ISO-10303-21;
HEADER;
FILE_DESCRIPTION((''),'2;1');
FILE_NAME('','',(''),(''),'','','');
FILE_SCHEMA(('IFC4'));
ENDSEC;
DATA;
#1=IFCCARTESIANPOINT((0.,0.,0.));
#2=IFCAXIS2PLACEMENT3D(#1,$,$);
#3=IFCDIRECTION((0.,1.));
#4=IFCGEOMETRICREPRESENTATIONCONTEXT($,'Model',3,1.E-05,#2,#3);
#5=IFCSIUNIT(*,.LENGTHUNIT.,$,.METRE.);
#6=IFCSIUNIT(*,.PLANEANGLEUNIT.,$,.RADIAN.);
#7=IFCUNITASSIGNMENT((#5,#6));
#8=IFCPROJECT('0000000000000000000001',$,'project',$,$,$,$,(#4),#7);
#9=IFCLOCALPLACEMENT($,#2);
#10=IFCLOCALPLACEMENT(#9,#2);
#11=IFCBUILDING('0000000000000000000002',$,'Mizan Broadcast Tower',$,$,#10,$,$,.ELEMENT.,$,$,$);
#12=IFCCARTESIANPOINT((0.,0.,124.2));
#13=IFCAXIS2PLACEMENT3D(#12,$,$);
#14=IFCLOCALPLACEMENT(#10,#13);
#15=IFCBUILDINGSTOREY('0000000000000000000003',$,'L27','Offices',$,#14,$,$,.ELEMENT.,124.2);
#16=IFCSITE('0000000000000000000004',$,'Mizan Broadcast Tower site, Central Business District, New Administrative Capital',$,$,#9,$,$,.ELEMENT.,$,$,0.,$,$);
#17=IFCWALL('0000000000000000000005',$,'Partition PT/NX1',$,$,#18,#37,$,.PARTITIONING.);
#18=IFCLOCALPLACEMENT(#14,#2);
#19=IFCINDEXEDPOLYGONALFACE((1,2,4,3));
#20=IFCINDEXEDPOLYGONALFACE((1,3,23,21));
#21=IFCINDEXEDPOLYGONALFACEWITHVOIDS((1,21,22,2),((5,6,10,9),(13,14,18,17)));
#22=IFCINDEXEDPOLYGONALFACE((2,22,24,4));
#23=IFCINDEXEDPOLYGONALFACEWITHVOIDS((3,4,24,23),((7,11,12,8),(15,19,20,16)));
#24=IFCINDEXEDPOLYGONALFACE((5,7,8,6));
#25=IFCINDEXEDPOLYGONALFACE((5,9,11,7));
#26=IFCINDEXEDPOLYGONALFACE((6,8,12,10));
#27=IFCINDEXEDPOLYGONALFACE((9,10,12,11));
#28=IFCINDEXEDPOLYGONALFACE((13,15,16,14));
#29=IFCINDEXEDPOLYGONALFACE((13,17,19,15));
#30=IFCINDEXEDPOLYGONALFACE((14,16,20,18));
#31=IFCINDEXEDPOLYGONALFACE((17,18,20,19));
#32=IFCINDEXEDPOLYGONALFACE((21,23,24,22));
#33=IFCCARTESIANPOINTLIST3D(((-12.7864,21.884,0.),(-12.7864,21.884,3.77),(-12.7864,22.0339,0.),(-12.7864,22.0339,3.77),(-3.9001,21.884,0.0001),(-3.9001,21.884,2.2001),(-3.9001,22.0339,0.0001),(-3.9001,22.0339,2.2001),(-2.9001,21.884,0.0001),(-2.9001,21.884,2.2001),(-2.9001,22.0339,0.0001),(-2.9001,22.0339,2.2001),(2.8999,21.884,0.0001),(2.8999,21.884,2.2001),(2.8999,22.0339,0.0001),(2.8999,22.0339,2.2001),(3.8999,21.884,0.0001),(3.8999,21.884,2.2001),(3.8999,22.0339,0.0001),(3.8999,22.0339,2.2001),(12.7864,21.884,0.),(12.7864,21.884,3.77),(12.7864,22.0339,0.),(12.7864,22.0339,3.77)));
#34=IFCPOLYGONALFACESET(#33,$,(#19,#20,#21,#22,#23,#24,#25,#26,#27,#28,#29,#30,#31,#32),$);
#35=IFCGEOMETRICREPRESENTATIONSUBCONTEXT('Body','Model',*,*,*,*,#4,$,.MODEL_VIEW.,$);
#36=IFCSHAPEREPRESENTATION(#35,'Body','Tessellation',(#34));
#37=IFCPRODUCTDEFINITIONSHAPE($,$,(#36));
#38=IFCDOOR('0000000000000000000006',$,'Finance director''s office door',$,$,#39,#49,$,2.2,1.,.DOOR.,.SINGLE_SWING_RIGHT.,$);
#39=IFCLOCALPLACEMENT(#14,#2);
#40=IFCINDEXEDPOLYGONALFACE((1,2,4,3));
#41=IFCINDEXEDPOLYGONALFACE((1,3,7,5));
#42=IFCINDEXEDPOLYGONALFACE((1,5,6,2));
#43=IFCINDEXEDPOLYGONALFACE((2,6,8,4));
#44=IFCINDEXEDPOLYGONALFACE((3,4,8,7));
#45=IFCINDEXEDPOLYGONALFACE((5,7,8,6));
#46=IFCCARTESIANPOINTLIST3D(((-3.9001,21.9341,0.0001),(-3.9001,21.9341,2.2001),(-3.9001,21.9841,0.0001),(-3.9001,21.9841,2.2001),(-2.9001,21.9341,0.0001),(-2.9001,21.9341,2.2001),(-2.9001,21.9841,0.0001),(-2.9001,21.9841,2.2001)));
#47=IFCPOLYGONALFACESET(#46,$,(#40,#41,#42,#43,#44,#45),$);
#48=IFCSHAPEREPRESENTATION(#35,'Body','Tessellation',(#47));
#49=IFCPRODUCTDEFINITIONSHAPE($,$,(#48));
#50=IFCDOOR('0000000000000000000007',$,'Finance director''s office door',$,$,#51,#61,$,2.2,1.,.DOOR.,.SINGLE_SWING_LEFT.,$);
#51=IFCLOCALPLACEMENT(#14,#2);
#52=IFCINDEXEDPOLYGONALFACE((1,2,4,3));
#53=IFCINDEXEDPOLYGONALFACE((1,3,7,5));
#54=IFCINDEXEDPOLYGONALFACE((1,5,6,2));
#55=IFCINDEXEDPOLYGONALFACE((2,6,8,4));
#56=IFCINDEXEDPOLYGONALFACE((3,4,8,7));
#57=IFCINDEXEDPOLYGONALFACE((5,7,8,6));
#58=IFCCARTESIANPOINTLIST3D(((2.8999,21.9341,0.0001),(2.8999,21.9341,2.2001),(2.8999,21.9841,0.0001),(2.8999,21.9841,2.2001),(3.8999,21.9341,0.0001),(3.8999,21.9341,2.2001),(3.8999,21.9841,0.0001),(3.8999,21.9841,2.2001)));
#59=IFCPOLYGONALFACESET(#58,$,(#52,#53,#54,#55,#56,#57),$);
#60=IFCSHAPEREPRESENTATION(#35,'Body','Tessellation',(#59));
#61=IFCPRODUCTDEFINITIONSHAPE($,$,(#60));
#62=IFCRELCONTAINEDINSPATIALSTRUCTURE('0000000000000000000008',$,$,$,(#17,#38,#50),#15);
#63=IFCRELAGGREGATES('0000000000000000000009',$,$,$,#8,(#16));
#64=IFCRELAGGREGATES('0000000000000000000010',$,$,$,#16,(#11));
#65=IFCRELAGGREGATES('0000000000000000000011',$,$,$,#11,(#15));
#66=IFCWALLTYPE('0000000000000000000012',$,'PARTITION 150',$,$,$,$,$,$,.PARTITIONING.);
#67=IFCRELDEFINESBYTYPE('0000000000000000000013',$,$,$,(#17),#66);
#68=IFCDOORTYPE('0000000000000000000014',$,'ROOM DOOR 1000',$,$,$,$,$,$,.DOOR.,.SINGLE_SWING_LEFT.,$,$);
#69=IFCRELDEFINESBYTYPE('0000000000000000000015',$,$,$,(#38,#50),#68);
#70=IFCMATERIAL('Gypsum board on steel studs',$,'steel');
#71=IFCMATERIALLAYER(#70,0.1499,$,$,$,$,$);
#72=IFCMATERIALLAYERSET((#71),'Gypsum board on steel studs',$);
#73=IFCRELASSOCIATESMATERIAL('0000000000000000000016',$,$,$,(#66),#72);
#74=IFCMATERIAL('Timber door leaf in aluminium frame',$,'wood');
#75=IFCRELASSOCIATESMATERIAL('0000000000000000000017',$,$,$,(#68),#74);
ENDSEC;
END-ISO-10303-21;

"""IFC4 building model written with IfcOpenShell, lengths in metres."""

from ifc_helpers import new_model, si_unit, direction, frame, frame_2d, origin, place, context, subcontext, project, spatial, rectangle, extrude, material, layer, layer_set, type_object, element, fill, save


model = new_model("IFC4")

# Units and contexts
model_context = context("Model", 3, precision=1e-05, world=origin(), true_north=direction((0.0, 1.0)))
body_context = subcontext(model_context, "Body", "Model", "MODEL_VIEW")
ifc_project = project(units=[si_unit("LENGTHUNIT", "METRE"), si_unit("PLANEANGLEUNIT", "RADIAN")], contexts=[model_context])

# Site, building, storey
site_placement = place(None, origin())
site = spatial("IfcSite", under=ifc_project, at=site_placement, Name="Mizan Broadcast Tower site, Central Business District, New Administrative Capital", CompositionType="ELEMENT", RefElevation=0.0)
building_placement = place(site_placement, origin())
building = spatial("IfcBuilding", under=site, at=building_placement, Name="Mizan Broadcast Tower", CompositionType="ELEMENT")
storey_placement = place(building_placement, frame((0.0, 0.0, 124.2)))
storey = spatial("IfcBuildingStorey", under=building, at=storey_placement, Name="L27", Description="Offices", CompositionType="ELEMENT", Elevation=124.2)

# Wall, openings, doors
ifc_material_1 = material(Name="Gypsum board on steel studs", Category="steel")
ifc_layer_1 = layer(ifc_material_1, 0.1499)
ifc_layer_set_1 = layer_set([ifc_layer_1], Name="Gypsum board on steel studs")
wall_type = type_object("IfcWallType", Name="PARTITION 150", PredefinedType="PARTITIONING", material=ifc_layer_set_1)
wall_placement = place(storey_placement, frame((12.7864, 21.959, 0.0), z_axis=(0.0, 0.0, 1.0), x_axis=(-1.0, 0.0, 0.0)))
wall = element("IfcWall", 1, at=wall_placement, inside=storey, type_object=wall_type, Name="Partition PT/NX1", PredefinedType="PARTITIONING", context=body_context, shape_type="SweptSolid", body=[
    extrude(rectangle(XDim=25.5728, YDim=0.1499, at=frame_2d((12.7864, 0.0))), origin(), (0.0, 0.0, 1.0), 3.77),
])
opening_1_placement = place(wall_placement, frame((15.6865, 0.0, 0.0)))
opening_1 = element("IfcOpeningElement", 2, at=opening_1_placement, cuts=wall, PredefinedType="OPENING", context=body_context, shape_type="SweptSolid", body=[
    extrude(rectangle(XDim=1.0, YDim=2.2, at=frame_2d((0.5, 1.1001))), frame((0.0, 0.085, 0.0), z_axis=(0.0, -1.0, 0.0), x_axis=(1.0, 0.0, 0.0)), (0.0, 0.0, 1.0), 0.1699),
])
opening_2_placement = place(wall_placement, frame((8.8865, 0.0, 0.0)))
opening_2 = element("IfcOpeningElement", 3, at=opening_2_placement, cuts=wall, PredefinedType="OPENING", context=body_context, shape_type="SweptSolid", body=[
    extrude(rectangle(XDim=1.0, YDim=2.2, at=frame_2d((0.5, 1.1001))), frame((0.0, 0.085, 0.0), z_axis=(0.0, -1.0, 0.0), x_axis=(1.0, 0.0, 0.0)), (0.0, 0.0, 1.0), 0.1699),
])
ifc_material_2 = material(Name="Timber door leaf in aluminium frame", Category="wood")
door_type = type_object("IfcDoorType", Name="ROOM DOOR 1000", OperationType="SINGLE_SWING_LEFT", PredefinedType="DOOR", material=ifc_material_2)
door_1_placement = place(opening_1_placement, origin())
door_1 = element("IfcDoor", 4, at=door_1_placement, inside=storey, type_object=door_type, Name="Finance director's office door", OperationType="SINGLE_SWING_RIGHT", OverallHeight=2.2, OverallWidth=1.0, PredefinedType="DOOR", context=body_context, shape_type="SweptSolid", body=[
    extrude(rectangle(XDim=1.0, YDim=2.2, at=frame_2d((0.5, 1.1001))), frame((0.0, 0.0249, 0.0), z_axis=(0.0, -1.0, 0.0), x_axis=(1.0, 0.0, 0.0)), (0.0, 0.0, 1.0), 0.05),
])
fill(opening_1, door_1)
door_2_placement = place(opening_2_placement, origin())
door_2 = element("IfcDoor", 5, at=door_2_placement, inside=storey, type_object=door_type, Name="Finance director's office door", OperationType="SINGLE_SWING_LEFT", OverallHeight=2.2, OverallWidth=1.0, PredefinedType="DOOR", context=body_context, shape_type="SweptSolid", body=[
    extrude(rectangle(XDim=1.0, YDim=2.2, at=frame_2d((0.5, 1.1001))), frame((0.0, 0.0249, 0.0), z_axis=(0.0, -1.0, 0.0), x_axis=(1.0, 0.0, 0.0)), (0.0, 0.0, 1.0), 0.05),
])
fill(opening_2, door_2)

save(model, "model.ifc")
